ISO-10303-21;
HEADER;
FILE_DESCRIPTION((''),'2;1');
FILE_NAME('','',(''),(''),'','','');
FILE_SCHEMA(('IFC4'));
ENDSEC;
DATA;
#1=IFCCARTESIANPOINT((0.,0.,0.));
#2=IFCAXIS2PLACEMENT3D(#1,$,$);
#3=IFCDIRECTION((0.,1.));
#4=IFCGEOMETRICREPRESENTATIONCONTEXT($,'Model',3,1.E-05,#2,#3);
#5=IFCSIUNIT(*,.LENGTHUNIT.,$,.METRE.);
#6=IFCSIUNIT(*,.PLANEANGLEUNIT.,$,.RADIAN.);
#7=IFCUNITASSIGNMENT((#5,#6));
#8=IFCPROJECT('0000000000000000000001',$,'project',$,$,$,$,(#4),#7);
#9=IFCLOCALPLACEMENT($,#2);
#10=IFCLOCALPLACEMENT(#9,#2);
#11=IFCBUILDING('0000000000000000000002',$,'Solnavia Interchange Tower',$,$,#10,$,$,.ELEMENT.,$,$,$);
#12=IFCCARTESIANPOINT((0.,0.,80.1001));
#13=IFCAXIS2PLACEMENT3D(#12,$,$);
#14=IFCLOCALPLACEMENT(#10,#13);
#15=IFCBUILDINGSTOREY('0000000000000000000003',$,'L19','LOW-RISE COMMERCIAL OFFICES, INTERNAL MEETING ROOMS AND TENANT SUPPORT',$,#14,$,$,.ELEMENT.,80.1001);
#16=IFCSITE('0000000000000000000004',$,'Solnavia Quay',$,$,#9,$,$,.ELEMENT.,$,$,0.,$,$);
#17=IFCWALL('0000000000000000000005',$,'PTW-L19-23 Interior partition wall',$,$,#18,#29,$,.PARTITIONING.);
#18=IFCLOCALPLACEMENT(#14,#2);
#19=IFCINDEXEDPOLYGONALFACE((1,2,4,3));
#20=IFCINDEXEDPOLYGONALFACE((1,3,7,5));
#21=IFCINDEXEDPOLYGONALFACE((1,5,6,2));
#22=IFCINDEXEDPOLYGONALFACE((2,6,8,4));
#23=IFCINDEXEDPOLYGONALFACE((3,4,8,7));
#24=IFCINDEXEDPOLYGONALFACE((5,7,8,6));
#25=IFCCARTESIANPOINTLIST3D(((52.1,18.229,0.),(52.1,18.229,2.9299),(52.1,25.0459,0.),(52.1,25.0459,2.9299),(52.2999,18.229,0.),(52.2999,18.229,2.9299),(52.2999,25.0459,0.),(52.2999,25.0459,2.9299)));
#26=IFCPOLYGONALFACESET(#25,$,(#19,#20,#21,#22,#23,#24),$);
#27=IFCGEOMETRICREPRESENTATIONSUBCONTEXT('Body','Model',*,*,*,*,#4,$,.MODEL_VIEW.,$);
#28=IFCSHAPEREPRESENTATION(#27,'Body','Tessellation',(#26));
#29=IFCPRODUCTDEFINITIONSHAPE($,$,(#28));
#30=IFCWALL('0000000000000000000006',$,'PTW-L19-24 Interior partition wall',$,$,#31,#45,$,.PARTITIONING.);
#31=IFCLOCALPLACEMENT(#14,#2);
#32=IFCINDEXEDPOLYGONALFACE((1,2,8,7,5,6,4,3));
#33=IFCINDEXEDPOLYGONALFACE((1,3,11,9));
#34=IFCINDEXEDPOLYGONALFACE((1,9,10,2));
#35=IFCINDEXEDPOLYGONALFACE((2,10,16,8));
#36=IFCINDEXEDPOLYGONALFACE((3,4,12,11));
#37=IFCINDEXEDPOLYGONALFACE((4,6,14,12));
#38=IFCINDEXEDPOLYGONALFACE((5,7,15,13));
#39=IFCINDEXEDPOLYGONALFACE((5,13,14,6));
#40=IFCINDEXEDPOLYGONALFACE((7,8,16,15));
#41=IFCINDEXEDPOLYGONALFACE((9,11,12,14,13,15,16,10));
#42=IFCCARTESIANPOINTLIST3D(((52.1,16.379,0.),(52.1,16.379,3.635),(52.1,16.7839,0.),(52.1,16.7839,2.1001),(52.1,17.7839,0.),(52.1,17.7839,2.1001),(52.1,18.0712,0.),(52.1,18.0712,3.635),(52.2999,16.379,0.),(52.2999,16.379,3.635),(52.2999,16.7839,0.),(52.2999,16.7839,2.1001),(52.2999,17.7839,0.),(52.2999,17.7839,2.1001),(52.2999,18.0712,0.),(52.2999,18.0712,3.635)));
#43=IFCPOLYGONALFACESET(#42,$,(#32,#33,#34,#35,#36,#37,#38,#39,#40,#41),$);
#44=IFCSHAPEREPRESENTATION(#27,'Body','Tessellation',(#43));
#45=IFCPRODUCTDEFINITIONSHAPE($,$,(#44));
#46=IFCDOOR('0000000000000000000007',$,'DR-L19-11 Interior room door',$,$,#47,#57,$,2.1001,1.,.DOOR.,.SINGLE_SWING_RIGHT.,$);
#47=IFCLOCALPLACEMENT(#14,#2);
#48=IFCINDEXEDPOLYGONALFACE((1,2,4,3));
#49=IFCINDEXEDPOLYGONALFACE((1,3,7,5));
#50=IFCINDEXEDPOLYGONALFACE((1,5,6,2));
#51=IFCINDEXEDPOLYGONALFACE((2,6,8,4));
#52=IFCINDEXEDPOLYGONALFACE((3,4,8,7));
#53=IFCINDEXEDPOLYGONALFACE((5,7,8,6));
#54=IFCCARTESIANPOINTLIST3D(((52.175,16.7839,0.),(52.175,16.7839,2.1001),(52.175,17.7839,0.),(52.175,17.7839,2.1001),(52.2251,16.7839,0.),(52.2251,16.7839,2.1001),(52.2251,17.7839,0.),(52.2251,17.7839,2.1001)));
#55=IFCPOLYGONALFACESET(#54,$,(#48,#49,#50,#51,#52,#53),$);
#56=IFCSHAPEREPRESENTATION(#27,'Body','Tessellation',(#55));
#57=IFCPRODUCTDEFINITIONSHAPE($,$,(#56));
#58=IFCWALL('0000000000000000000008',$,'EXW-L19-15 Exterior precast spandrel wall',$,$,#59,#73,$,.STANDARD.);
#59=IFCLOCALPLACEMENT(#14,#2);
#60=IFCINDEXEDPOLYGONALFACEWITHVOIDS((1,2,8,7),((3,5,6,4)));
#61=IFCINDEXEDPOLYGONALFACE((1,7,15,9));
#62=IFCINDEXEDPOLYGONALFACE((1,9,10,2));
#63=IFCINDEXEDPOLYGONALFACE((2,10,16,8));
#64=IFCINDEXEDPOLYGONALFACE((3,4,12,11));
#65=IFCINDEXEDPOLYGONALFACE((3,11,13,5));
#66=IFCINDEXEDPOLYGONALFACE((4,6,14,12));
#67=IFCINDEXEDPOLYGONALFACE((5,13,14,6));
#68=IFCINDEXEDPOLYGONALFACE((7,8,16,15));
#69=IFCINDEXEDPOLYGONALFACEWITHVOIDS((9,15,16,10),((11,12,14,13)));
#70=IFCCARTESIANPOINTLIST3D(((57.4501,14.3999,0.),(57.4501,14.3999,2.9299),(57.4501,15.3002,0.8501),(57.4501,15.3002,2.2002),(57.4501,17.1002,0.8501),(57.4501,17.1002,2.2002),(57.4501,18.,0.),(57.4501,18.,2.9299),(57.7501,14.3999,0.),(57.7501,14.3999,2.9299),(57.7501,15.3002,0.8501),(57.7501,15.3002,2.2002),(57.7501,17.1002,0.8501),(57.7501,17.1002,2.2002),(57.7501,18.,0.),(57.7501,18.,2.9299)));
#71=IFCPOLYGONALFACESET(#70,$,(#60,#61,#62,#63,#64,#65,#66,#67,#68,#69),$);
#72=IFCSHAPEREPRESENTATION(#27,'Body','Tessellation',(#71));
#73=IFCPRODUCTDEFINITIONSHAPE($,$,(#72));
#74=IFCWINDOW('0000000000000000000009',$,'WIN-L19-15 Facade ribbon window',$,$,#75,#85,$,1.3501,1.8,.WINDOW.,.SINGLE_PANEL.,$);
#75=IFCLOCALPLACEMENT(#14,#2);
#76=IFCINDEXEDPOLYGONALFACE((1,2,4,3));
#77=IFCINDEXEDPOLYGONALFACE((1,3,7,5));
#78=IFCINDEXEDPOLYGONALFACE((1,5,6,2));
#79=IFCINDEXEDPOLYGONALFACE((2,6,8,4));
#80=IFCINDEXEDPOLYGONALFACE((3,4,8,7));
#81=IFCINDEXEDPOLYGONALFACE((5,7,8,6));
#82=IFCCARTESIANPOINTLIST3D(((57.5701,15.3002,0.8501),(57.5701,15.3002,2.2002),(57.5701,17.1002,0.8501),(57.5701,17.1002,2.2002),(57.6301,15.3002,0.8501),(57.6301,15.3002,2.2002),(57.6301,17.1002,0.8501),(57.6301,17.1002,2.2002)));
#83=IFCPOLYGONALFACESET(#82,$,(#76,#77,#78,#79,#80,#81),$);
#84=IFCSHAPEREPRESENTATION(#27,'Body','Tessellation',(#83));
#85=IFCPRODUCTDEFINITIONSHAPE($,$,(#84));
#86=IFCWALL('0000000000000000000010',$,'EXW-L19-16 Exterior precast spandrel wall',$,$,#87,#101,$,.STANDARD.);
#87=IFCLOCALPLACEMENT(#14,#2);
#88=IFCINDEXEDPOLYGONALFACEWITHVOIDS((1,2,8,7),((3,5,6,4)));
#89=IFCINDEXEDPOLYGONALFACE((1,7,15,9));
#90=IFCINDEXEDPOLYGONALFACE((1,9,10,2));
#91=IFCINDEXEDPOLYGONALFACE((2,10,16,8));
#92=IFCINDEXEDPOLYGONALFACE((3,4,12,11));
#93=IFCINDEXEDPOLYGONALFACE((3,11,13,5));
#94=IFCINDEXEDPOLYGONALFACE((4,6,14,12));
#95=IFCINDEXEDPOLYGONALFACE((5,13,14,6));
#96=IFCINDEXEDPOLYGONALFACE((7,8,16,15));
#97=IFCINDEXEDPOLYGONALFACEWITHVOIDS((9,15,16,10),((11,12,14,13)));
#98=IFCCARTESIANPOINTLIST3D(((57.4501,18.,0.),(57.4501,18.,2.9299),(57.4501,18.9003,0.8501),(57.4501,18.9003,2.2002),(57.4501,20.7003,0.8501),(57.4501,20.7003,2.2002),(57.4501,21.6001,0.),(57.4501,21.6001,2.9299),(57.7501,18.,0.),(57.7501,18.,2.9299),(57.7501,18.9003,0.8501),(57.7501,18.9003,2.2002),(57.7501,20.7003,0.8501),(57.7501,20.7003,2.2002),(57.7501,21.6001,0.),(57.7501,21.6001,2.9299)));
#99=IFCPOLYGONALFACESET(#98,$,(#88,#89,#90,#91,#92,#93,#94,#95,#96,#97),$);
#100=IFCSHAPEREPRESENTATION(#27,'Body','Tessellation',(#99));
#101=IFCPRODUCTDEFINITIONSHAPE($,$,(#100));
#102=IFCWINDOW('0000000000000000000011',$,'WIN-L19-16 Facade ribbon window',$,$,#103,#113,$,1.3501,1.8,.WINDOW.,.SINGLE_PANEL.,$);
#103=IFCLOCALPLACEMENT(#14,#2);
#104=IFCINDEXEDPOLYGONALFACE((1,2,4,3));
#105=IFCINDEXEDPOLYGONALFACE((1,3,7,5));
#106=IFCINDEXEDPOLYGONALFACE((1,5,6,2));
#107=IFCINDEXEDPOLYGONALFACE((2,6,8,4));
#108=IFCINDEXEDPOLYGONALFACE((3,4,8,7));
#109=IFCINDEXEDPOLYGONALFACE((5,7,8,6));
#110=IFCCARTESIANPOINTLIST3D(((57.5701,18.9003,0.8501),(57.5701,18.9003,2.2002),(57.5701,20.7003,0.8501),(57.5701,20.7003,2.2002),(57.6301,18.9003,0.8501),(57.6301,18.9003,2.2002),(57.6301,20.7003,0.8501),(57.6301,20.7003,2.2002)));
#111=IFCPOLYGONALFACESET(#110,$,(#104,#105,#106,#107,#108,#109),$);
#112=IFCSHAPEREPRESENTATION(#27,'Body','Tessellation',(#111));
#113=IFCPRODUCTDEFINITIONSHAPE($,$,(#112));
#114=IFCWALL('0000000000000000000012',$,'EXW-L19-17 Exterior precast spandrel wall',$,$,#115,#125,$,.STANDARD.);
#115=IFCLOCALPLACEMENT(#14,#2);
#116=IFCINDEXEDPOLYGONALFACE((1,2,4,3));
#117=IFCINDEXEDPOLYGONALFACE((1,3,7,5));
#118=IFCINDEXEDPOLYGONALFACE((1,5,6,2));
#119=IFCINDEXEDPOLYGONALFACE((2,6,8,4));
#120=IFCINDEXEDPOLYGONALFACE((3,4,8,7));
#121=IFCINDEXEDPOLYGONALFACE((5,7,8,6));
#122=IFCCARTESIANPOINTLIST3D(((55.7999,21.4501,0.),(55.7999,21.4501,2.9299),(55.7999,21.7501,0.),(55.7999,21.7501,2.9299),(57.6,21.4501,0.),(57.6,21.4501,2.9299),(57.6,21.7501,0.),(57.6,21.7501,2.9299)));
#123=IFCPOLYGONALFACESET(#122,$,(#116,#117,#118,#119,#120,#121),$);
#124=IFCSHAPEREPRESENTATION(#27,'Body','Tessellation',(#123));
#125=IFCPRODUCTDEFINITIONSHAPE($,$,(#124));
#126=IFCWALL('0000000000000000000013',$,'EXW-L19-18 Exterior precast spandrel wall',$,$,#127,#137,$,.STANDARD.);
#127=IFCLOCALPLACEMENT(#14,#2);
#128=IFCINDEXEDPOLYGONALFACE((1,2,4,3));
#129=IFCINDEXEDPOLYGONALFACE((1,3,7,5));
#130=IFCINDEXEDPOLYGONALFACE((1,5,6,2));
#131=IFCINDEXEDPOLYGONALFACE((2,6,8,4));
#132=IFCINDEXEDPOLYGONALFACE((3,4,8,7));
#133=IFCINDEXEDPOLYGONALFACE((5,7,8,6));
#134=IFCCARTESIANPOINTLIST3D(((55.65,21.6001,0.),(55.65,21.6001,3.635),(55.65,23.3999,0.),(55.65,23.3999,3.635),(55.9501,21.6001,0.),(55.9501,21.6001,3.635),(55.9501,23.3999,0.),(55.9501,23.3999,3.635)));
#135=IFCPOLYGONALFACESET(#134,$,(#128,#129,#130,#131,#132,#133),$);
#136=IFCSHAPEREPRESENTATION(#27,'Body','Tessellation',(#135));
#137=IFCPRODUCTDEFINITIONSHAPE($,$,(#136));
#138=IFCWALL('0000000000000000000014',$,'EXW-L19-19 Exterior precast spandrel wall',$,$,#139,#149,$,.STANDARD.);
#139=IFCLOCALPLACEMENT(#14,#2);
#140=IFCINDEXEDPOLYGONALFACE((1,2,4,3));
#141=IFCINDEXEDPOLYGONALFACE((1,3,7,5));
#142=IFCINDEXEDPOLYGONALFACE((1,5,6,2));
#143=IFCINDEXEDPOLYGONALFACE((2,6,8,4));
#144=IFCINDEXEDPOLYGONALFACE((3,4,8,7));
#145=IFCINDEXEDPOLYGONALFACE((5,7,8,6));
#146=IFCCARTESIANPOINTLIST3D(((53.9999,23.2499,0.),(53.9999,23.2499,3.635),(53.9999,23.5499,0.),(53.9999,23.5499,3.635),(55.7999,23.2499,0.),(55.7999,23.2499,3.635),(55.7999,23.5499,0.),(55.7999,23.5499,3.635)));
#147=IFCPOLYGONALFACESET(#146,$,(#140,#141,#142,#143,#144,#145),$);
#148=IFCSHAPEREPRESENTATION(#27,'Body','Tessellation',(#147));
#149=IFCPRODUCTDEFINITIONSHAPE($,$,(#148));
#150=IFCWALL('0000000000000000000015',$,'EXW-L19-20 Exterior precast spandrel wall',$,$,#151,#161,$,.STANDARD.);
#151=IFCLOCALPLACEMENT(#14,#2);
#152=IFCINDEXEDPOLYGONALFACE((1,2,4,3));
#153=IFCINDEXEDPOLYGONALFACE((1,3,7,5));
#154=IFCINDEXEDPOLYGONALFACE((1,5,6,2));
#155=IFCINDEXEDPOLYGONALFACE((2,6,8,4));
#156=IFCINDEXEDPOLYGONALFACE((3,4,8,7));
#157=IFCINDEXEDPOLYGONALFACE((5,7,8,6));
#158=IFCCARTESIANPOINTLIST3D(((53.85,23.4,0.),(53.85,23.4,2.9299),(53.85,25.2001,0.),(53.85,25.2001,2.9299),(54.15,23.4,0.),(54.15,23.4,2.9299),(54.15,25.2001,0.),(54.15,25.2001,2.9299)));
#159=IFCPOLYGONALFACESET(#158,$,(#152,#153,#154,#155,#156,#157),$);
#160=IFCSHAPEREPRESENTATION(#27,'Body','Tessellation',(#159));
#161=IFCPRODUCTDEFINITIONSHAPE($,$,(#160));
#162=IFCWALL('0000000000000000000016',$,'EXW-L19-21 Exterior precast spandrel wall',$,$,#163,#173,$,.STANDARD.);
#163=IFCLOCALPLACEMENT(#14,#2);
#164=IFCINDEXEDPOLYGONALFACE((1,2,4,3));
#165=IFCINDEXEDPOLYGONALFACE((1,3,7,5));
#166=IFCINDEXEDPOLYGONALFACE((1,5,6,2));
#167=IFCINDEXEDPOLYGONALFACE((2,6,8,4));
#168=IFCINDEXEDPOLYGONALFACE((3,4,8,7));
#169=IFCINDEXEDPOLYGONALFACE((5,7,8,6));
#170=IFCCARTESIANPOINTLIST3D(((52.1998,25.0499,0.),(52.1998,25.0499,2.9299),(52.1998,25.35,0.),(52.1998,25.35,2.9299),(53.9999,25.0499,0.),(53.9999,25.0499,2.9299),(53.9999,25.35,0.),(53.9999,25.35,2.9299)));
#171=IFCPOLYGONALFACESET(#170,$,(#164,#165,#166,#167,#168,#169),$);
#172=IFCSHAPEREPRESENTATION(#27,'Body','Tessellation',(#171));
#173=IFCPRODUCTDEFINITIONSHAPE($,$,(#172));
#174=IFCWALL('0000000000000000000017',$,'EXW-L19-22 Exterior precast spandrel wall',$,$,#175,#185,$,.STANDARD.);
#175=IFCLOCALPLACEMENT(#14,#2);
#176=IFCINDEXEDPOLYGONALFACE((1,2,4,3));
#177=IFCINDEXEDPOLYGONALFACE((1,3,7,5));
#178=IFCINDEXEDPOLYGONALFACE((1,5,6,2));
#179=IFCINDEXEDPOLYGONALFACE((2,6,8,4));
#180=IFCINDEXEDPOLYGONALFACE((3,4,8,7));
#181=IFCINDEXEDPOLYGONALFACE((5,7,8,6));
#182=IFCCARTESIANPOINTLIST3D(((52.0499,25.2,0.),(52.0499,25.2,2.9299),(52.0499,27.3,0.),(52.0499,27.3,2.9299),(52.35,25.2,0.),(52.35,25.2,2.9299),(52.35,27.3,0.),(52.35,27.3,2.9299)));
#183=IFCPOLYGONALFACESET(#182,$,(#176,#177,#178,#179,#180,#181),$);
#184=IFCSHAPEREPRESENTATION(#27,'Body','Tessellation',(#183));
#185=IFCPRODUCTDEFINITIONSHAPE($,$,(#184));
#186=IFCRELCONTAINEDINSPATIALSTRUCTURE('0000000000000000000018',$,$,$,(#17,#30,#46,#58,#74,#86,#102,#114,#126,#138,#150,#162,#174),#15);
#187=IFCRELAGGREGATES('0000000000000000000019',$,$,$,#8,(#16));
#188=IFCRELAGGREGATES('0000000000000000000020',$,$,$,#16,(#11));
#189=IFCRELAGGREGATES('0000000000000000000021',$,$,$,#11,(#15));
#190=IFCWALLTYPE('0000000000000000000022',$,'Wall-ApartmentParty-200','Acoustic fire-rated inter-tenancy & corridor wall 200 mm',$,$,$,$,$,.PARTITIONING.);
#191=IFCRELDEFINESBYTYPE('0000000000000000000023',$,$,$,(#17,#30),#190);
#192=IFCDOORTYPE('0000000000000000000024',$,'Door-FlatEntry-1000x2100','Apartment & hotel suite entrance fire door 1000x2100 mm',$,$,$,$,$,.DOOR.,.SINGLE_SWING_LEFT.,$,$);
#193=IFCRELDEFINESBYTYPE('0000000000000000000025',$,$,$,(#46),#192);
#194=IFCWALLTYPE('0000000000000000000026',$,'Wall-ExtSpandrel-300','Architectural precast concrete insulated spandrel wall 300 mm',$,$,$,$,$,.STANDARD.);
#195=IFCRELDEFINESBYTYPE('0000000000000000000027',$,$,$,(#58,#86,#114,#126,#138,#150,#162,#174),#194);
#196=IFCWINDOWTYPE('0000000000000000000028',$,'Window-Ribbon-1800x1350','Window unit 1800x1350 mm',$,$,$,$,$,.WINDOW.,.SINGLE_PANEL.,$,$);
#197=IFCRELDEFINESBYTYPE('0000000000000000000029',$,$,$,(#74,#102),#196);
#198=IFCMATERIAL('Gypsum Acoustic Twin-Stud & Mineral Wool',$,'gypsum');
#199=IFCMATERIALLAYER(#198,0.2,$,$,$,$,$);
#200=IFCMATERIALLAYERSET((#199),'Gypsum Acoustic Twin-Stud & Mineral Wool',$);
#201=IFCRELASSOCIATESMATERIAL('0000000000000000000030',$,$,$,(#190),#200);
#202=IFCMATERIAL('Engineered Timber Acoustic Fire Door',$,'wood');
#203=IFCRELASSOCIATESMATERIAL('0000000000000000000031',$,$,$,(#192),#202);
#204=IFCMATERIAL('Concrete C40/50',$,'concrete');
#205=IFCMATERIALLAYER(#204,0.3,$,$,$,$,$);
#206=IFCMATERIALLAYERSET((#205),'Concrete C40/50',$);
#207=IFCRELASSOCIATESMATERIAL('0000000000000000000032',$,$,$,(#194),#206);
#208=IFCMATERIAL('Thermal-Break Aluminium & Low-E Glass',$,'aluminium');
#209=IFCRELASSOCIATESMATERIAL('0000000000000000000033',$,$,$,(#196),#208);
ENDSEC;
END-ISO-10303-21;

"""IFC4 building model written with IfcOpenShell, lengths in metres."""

from ifc_helpers import new_model, si_unit, direction, frame, frame_2d, origin, place, context, subcontext, project, spatial, rectangle, extrude, material, layer, layer_set, type_object, element, fill, save


model = new_model("IFC4")

# Units and contexts
model_context = context("Model", 3, precision=1e-05, world=origin(), true_north=direction((0.0, 1.0)))
body_context = subcontext(model_context, "Body", "Model", "MODEL_VIEW")
ifc_project = project(units=[si_unit("LENGTHUNIT", "METRE"), si_unit("PLANEANGLEUNIT", "RADIAN")], contexts=[model_context])

# Site, building, storey
site_placement = place(None, origin())
site = spatial("IfcSite", under=ifc_project, at=site_placement, Name="Solnavia Quay", CompositionType="ELEMENT", RefElevation=0.0)
building_placement = place(site_placement, origin())
building = spatial("IfcBuilding", under=site, at=building_placement, Name="Solnavia Interchange Tower", CompositionType="ELEMENT")
storey_placement = place(building_placement, frame((0.0, 0.0, 80.1001)))
storey = spatial("IfcBuildingStorey", under=building, at=storey_placement, Name="L19", Description="LOW-RISE COMMERCIAL OFFICES, INTERNAL MEETING ROOMS AND TENANT SUPPORT", CompositionType="ELEMENT", Elevation=80.1001)

# Wall
ifc_material_1 = material(Name="Gypsum Acoustic Twin-Stud & Mineral Wool", Category="gypsum")
ifc_layer_1 = layer(ifc_material_1, 0.2)
ifc_layer_set_1 = layer_set([ifc_layer_1], Name="Gypsum Acoustic Twin-Stud & Mineral Wool")
wall_type_1 = type_object("IfcWallType", Name="Wall-ApartmentParty-200", Description="Acoustic fire-rated inter-tenancy & corridor wall 200 mm", PredefinedType="PARTITIONING", material=ifc_layer_set_1)
wall_1_placement = place(storey_placement, frame((52.2, 18.229, 0.0), z_axis=(0.0, 0.0, 1.0), x_axis=(0.0, 1.0, 0.0)))
element("IfcWall", 1, at=wall_1_placement, inside=storey, type_object=wall_type_1, Name="PTW-L19-23 Interior partition wall", PredefinedType="PARTITIONING", context=body_context, shape_type="SweptSolid", body=[
    extrude(rectangle(XDim=6.8169, YDim=0.2, at=frame_2d((3.4084, 0.0))), origin(), (0.0, 0.0, 1.0), 2.9299),
])

# Wall, opening, door
wall_2_placement = place(storey_placement, frame((52.2, 16.3789, 0.0), z_axis=(0.0, 0.0, 1.0), x_axis=(0.0, 1.0, 0.0)))
wall_2 = element("IfcWall", 2, at=wall_2_placement, inside=storey, type_object=wall_type_1, Name="PTW-L19-24 Interior partition wall", PredefinedType="PARTITIONING", context=body_context, shape_type="SweptSolid", body=[
    extrude(rectangle(XDim=1.6921, YDim=0.2, at=frame_2d((0.8462, 0.0))), origin(), (0.0, 0.0, 1.0), 3.635),
])
opening_1_placement = place(wall_2_placement, frame((0.405, 0.0, 0.0)))
opening_1 = element("IfcOpeningElement", 3, at=opening_1_placement, cuts=wall_2, PredefinedType="OPENING", context=body_context, shape_type="SweptSolid", body=[
    extrude(rectangle(XDim=1.0, YDim=2.1001, at=frame_2d((0.5, 1.05))), frame((0.0, 0.1099, 0.0), z_axis=(0.0, -1.0, 0.0), x_axis=(1.0, 0.0, 0.0)), (0.0, 0.0, 1.0), 0.22),
])
ifc_material_2 = material(Name="Engineered Timber Acoustic Fire Door", Category="wood")
door_type = type_object("IfcDoorType", Name="Door-FlatEntry-1000x2100", Description="Apartment & hotel suite entrance fire door 1000x2100 mm", OperationType="SINGLE_SWING_LEFT", PredefinedType="DOOR", material=ifc_material_2)
door_placement = place(opening_1_placement, origin())
door = element("IfcDoor", 4, at=door_placement, inside=storey, type_object=door_type, Name="DR-L19-11 Interior room door", OperationType="SINGLE_SWING_RIGHT", OverallHeight=2.1001, OverallWidth=1.0, PredefinedType="DOOR", context=body_context, shape_type="SweptSolid", body=[
    extrude(rectangle(XDim=1.0, YDim=2.1001, at=frame_2d((0.5, 1.05))), frame((0.0, 0.0249, 0.0), z_axis=(0.0, -1.0, 0.0), x_axis=(1.0, 0.0, 0.0)), (0.0, 0.0, 1.0), 0.05),
])
fill(opening_1, door)

# Walls, openings, windows
ifc_material_3 = material(Name="Concrete C40/50", Category="concrete")
ifc_layer_2 = layer(ifc_material_3, 0.3)
ifc_layer_set_2 = layer_set([ifc_layer_2], Name="Concrete C40/50")
wall_type_2 = type_object("IfcWallType", Name="Wall-ExtSpandrel-300", Description="Architectural precast concrete insulated spandrel wall 300 mm", PredefinedType="STANDARD", material=ifc_layer_set_2)
wall_3_placement = place(storey_placement, frame((57.6001, 18.0, 0.0), z_axis=(0.0, 0.0, 1.0), x_axis=(0.0, -1.0, 0.0)))
wall_3 = element("IfcWall", 5, at=wall_3_placement, inside=storey, type_object=wall_type_2, Name="EXW-L19-15 Exterior precast spandrel wall", PredefinedType="STANDARD", context=body_context, shape_type="SweptSolid", body=[
    extrude(rectangle(XDim=3.6001, YDim=0.3, at=frame_2d((1.8, 0.0))), origin(), (0.0, 0.0, 1.0), 2.9299),
])
opening_2_placement = place(wall_3_placement, frame((0.8999, 0.0, 0.8501)))
opening_2 = element("IfcOpeningElement", 6, at=opening_2_placement, cuts=wall_3, PredefinedType="OPENING", context=body_context, shape_type="SweptSolid", body=[
    extrude(rectangle(XDim=1.8, YDim=1.3501, at=frame_2d((0.8999, 0.675))), frame((0.0, 0.1602, 0.0), z_axis=(0.0, -1.0, 0.0), x_axis=(1.0, 0.0, 0.0)), (0.0, 0.0, 1.0), 0.3201),
])
ifc_material_4 = material(Name="Thermal-Break Aluminium & Low-E Glass", Category="aluminium")
window_type = type_object("IfcWindowType", Name="Window-Ribbon-1800x1350", Description="Window unit 1800x1350 mm", PartitioningType="SINGLE_PANEL", PredefinedType="WINDOW", material=ifc_material_4)
window_1_placement = place(opening_2_placement, origin())
window_1 = element("IfcWindow", 7, at=window_1_placement, inside=storey, type_object=window_type, Name="WIN-L19-15 Facade ribbon window", OverallHeight=1.3501, OverallWidth=1.8, PartitioningType="SINGLE_PANEL", PredefinedType="WINDOW", context=body_context, shape_type="SweptSolid", body=[
    extrude(rectangle(XDim=1.8, YDim=1.3501, at=frame_2d((0.8999, 0.675))), frame((0.0, 0.03, 0.0), z_axis=(0.0, -1.0, 0.0), x_axis=(1.0, 0.0, 0.0)), (0.0, 0.0, 1.0), 0.0601),
])
fill(opening_2, window_1)
wall_4_placement = place(storey_placement, frame((57.6001, 21.6001, 0.0), z_axis=(0.0, 0.0, 1.0), x_axis=(0.0, -1.0, 0.0)))
wall_4 = element("IfcWall", 8, at=wall_4_placement, inside=storey, type_object=wall_type_2, Name="EXW-L19-16 Exterior precast spandrel wall", PredefinedType="STANDARD", context=body_context, shape_type="SweptSolid", body=[
    extrude(rectangle(XDim=3.6001, YDim=0.3, at=frame_2d((1.8, 0.0))), origin(), (0.0, 0.0, 1.0), 2.9299),
])
opening_3_placement = place(wall_4_placement, frame((0.8999, 0.0, 0.8501)))
opening_3 = element("IfcOpeningElement", 9, at=opening_3_placement, cuts=wall_4, PredefinedType="OPENING", context=body_context, shape_type="SweptSolid", body=[
    extrude(rectangle(XDim=1.8, YDim=1.3501, at=frame_2d((0.8999, 0.675))), frame((0.0, 0.1602, 0.0), z_axis=(0.0, -1.0, 0.0), x_axis=(1.0, 0.0, 0.0)), (0.0, 0.0, 1.0), 0.3201),
])
window_2_placement = place(opening_3_placement, origin())
window_2 = element("IfcWindow", 10, at=window_2_placement, inside=storey, type_object=window_type, Name="WIN-L19-16 Facade ribbon window", OverallHeight=1.3501, OverallWidth=1.8, PartitioningType="SINGLE_PANEL", PredefinedType="WINDOW", context=body_context, shape_type="SweptSolid", body=[
    extrude(rectangle(XDim=1.8, YDim=1.3501, at=frame_2d((0.8999, 0.675))), frame((0.0, 0.03, 0.0), z_axis=(0.0, -1.0, 0.0), x_axis=(1.0, 0.0, 0.0)), (0.0, 0.0, 1.0), 0.0601),
])
fill(opening_3, window_2)

# Walls
wall_5_placement = place(storey_placement, frame((55.8, 21.6001, 0.0), z_axis=(0.0, 0.0, 1.0), x_axis=(1.0, 0.0, 0.0)))
element("IfcWall", 11, at=wall_5_placement, inside=storey, type_object=wall_type_2, Name="EXW-L19-17 Exterior precast spandrel wall", PredefinedType="STANDARD", context=body_context, shape_type="SweptSolid", body=[
    extrude(rectangle(XDim=1.8, YDim=0.3, at=frame_2d((0.8999, 0.0))), origin(), (0.0, 0.0, 1.0), 2.9299),
])
wall_6_placement = place(storey_placement, frame((55.8, 23.3999, 0.0), z_axis=(0.0, 0.0, 1.0), x_axis=(0.0, -1.0, 0.0)))
element("IfcWall", 12, at=wall_6_placement, inside=storey, type_object=wall_type_2, Name="EXW-L19-18 Exterior precast spandrel wall", PredefinedType="STANDARD", context=body_context, shape_type="SweptSolid", body=[
    extrude(rectangle(XDim=1.7998, YDim=0.3, at=frame_2d((0.8999, 0.0))), origin(), (0.0, 0.0, 1.0), 3.635),
])
wall_7_placement = place(storey_placement, frame((54.0, 23.3999, 0.0), z_axis=(0.0, 0.0, 1.0), x_axis=(1.0, 0.0, 0.0)))
element("IfcWall", 13, at=wall_7_placement, inside=storey, type_object=wall_type_2, Name="EXW-L19-19 Exterior precast spandrel wall", PredefinedType="STANDARD", context=body_context, shape_type="SweptSolid", body=[
    extrude(rectangle(XDim=1.8, YDim=0.3, at=frame_2d((0.8999, 0.0))), origin(), (0.0, 0.0, 1.0), 3.635),
])
for number, where, z_axis, x_axis, name in (
    (14, (54.0, 25.2, 0.0), (0.0, 0.0, 1.0), (0.0, -1.0, 0.0), "EXW-L19-20 Exterior precast spandrel wall"),
    (15, (52.2, 25.2, 0.0), (0.0, 0.0, 1.0), (1.0, 0.0, 0.0), "EXW-L19-21 Exterior precast spandrel wall"),
):
    element("IfcWall", number, at=place(storey_placement, frame(where, z_axis=z_axis, x_axis=x_axis)), inside=storey, type_object=wall_type_2, Name=name, PredefinedType="STANDARD", context=body_context, shape_type="SweptSolid", body=[
        extrude(rectangle(XDim=1.8, YDim=0.3, at=frame_2d((0.8999, 0.0))), origin(), (0.0, 0.0, 1.0), 2.9299),
    ])
wall_8_placement = place(storey_placement, frame((52.2, 27.3, 0.0), z_axis=(0.0, 0.0, 1.0), x_axis=(0.0, -1.0, 0.0)))
element("IfcWall", 16, at=wall_8_placement, inside=storey, type_object=wall_type_2, Name="EXW-L19-22 Exterior precast spandrel wall", PredefinedType="STANDARD", context=body_context, shape_type="SweptSolid", body=[
    extrude(rectangle(XDim=2.1001, YDim=0.3, at=frame_2d((1.05, 0.0))), origin(), (0.0, 0.0, 1.0), 2.9299),
])

save(model, "model.ifc")
